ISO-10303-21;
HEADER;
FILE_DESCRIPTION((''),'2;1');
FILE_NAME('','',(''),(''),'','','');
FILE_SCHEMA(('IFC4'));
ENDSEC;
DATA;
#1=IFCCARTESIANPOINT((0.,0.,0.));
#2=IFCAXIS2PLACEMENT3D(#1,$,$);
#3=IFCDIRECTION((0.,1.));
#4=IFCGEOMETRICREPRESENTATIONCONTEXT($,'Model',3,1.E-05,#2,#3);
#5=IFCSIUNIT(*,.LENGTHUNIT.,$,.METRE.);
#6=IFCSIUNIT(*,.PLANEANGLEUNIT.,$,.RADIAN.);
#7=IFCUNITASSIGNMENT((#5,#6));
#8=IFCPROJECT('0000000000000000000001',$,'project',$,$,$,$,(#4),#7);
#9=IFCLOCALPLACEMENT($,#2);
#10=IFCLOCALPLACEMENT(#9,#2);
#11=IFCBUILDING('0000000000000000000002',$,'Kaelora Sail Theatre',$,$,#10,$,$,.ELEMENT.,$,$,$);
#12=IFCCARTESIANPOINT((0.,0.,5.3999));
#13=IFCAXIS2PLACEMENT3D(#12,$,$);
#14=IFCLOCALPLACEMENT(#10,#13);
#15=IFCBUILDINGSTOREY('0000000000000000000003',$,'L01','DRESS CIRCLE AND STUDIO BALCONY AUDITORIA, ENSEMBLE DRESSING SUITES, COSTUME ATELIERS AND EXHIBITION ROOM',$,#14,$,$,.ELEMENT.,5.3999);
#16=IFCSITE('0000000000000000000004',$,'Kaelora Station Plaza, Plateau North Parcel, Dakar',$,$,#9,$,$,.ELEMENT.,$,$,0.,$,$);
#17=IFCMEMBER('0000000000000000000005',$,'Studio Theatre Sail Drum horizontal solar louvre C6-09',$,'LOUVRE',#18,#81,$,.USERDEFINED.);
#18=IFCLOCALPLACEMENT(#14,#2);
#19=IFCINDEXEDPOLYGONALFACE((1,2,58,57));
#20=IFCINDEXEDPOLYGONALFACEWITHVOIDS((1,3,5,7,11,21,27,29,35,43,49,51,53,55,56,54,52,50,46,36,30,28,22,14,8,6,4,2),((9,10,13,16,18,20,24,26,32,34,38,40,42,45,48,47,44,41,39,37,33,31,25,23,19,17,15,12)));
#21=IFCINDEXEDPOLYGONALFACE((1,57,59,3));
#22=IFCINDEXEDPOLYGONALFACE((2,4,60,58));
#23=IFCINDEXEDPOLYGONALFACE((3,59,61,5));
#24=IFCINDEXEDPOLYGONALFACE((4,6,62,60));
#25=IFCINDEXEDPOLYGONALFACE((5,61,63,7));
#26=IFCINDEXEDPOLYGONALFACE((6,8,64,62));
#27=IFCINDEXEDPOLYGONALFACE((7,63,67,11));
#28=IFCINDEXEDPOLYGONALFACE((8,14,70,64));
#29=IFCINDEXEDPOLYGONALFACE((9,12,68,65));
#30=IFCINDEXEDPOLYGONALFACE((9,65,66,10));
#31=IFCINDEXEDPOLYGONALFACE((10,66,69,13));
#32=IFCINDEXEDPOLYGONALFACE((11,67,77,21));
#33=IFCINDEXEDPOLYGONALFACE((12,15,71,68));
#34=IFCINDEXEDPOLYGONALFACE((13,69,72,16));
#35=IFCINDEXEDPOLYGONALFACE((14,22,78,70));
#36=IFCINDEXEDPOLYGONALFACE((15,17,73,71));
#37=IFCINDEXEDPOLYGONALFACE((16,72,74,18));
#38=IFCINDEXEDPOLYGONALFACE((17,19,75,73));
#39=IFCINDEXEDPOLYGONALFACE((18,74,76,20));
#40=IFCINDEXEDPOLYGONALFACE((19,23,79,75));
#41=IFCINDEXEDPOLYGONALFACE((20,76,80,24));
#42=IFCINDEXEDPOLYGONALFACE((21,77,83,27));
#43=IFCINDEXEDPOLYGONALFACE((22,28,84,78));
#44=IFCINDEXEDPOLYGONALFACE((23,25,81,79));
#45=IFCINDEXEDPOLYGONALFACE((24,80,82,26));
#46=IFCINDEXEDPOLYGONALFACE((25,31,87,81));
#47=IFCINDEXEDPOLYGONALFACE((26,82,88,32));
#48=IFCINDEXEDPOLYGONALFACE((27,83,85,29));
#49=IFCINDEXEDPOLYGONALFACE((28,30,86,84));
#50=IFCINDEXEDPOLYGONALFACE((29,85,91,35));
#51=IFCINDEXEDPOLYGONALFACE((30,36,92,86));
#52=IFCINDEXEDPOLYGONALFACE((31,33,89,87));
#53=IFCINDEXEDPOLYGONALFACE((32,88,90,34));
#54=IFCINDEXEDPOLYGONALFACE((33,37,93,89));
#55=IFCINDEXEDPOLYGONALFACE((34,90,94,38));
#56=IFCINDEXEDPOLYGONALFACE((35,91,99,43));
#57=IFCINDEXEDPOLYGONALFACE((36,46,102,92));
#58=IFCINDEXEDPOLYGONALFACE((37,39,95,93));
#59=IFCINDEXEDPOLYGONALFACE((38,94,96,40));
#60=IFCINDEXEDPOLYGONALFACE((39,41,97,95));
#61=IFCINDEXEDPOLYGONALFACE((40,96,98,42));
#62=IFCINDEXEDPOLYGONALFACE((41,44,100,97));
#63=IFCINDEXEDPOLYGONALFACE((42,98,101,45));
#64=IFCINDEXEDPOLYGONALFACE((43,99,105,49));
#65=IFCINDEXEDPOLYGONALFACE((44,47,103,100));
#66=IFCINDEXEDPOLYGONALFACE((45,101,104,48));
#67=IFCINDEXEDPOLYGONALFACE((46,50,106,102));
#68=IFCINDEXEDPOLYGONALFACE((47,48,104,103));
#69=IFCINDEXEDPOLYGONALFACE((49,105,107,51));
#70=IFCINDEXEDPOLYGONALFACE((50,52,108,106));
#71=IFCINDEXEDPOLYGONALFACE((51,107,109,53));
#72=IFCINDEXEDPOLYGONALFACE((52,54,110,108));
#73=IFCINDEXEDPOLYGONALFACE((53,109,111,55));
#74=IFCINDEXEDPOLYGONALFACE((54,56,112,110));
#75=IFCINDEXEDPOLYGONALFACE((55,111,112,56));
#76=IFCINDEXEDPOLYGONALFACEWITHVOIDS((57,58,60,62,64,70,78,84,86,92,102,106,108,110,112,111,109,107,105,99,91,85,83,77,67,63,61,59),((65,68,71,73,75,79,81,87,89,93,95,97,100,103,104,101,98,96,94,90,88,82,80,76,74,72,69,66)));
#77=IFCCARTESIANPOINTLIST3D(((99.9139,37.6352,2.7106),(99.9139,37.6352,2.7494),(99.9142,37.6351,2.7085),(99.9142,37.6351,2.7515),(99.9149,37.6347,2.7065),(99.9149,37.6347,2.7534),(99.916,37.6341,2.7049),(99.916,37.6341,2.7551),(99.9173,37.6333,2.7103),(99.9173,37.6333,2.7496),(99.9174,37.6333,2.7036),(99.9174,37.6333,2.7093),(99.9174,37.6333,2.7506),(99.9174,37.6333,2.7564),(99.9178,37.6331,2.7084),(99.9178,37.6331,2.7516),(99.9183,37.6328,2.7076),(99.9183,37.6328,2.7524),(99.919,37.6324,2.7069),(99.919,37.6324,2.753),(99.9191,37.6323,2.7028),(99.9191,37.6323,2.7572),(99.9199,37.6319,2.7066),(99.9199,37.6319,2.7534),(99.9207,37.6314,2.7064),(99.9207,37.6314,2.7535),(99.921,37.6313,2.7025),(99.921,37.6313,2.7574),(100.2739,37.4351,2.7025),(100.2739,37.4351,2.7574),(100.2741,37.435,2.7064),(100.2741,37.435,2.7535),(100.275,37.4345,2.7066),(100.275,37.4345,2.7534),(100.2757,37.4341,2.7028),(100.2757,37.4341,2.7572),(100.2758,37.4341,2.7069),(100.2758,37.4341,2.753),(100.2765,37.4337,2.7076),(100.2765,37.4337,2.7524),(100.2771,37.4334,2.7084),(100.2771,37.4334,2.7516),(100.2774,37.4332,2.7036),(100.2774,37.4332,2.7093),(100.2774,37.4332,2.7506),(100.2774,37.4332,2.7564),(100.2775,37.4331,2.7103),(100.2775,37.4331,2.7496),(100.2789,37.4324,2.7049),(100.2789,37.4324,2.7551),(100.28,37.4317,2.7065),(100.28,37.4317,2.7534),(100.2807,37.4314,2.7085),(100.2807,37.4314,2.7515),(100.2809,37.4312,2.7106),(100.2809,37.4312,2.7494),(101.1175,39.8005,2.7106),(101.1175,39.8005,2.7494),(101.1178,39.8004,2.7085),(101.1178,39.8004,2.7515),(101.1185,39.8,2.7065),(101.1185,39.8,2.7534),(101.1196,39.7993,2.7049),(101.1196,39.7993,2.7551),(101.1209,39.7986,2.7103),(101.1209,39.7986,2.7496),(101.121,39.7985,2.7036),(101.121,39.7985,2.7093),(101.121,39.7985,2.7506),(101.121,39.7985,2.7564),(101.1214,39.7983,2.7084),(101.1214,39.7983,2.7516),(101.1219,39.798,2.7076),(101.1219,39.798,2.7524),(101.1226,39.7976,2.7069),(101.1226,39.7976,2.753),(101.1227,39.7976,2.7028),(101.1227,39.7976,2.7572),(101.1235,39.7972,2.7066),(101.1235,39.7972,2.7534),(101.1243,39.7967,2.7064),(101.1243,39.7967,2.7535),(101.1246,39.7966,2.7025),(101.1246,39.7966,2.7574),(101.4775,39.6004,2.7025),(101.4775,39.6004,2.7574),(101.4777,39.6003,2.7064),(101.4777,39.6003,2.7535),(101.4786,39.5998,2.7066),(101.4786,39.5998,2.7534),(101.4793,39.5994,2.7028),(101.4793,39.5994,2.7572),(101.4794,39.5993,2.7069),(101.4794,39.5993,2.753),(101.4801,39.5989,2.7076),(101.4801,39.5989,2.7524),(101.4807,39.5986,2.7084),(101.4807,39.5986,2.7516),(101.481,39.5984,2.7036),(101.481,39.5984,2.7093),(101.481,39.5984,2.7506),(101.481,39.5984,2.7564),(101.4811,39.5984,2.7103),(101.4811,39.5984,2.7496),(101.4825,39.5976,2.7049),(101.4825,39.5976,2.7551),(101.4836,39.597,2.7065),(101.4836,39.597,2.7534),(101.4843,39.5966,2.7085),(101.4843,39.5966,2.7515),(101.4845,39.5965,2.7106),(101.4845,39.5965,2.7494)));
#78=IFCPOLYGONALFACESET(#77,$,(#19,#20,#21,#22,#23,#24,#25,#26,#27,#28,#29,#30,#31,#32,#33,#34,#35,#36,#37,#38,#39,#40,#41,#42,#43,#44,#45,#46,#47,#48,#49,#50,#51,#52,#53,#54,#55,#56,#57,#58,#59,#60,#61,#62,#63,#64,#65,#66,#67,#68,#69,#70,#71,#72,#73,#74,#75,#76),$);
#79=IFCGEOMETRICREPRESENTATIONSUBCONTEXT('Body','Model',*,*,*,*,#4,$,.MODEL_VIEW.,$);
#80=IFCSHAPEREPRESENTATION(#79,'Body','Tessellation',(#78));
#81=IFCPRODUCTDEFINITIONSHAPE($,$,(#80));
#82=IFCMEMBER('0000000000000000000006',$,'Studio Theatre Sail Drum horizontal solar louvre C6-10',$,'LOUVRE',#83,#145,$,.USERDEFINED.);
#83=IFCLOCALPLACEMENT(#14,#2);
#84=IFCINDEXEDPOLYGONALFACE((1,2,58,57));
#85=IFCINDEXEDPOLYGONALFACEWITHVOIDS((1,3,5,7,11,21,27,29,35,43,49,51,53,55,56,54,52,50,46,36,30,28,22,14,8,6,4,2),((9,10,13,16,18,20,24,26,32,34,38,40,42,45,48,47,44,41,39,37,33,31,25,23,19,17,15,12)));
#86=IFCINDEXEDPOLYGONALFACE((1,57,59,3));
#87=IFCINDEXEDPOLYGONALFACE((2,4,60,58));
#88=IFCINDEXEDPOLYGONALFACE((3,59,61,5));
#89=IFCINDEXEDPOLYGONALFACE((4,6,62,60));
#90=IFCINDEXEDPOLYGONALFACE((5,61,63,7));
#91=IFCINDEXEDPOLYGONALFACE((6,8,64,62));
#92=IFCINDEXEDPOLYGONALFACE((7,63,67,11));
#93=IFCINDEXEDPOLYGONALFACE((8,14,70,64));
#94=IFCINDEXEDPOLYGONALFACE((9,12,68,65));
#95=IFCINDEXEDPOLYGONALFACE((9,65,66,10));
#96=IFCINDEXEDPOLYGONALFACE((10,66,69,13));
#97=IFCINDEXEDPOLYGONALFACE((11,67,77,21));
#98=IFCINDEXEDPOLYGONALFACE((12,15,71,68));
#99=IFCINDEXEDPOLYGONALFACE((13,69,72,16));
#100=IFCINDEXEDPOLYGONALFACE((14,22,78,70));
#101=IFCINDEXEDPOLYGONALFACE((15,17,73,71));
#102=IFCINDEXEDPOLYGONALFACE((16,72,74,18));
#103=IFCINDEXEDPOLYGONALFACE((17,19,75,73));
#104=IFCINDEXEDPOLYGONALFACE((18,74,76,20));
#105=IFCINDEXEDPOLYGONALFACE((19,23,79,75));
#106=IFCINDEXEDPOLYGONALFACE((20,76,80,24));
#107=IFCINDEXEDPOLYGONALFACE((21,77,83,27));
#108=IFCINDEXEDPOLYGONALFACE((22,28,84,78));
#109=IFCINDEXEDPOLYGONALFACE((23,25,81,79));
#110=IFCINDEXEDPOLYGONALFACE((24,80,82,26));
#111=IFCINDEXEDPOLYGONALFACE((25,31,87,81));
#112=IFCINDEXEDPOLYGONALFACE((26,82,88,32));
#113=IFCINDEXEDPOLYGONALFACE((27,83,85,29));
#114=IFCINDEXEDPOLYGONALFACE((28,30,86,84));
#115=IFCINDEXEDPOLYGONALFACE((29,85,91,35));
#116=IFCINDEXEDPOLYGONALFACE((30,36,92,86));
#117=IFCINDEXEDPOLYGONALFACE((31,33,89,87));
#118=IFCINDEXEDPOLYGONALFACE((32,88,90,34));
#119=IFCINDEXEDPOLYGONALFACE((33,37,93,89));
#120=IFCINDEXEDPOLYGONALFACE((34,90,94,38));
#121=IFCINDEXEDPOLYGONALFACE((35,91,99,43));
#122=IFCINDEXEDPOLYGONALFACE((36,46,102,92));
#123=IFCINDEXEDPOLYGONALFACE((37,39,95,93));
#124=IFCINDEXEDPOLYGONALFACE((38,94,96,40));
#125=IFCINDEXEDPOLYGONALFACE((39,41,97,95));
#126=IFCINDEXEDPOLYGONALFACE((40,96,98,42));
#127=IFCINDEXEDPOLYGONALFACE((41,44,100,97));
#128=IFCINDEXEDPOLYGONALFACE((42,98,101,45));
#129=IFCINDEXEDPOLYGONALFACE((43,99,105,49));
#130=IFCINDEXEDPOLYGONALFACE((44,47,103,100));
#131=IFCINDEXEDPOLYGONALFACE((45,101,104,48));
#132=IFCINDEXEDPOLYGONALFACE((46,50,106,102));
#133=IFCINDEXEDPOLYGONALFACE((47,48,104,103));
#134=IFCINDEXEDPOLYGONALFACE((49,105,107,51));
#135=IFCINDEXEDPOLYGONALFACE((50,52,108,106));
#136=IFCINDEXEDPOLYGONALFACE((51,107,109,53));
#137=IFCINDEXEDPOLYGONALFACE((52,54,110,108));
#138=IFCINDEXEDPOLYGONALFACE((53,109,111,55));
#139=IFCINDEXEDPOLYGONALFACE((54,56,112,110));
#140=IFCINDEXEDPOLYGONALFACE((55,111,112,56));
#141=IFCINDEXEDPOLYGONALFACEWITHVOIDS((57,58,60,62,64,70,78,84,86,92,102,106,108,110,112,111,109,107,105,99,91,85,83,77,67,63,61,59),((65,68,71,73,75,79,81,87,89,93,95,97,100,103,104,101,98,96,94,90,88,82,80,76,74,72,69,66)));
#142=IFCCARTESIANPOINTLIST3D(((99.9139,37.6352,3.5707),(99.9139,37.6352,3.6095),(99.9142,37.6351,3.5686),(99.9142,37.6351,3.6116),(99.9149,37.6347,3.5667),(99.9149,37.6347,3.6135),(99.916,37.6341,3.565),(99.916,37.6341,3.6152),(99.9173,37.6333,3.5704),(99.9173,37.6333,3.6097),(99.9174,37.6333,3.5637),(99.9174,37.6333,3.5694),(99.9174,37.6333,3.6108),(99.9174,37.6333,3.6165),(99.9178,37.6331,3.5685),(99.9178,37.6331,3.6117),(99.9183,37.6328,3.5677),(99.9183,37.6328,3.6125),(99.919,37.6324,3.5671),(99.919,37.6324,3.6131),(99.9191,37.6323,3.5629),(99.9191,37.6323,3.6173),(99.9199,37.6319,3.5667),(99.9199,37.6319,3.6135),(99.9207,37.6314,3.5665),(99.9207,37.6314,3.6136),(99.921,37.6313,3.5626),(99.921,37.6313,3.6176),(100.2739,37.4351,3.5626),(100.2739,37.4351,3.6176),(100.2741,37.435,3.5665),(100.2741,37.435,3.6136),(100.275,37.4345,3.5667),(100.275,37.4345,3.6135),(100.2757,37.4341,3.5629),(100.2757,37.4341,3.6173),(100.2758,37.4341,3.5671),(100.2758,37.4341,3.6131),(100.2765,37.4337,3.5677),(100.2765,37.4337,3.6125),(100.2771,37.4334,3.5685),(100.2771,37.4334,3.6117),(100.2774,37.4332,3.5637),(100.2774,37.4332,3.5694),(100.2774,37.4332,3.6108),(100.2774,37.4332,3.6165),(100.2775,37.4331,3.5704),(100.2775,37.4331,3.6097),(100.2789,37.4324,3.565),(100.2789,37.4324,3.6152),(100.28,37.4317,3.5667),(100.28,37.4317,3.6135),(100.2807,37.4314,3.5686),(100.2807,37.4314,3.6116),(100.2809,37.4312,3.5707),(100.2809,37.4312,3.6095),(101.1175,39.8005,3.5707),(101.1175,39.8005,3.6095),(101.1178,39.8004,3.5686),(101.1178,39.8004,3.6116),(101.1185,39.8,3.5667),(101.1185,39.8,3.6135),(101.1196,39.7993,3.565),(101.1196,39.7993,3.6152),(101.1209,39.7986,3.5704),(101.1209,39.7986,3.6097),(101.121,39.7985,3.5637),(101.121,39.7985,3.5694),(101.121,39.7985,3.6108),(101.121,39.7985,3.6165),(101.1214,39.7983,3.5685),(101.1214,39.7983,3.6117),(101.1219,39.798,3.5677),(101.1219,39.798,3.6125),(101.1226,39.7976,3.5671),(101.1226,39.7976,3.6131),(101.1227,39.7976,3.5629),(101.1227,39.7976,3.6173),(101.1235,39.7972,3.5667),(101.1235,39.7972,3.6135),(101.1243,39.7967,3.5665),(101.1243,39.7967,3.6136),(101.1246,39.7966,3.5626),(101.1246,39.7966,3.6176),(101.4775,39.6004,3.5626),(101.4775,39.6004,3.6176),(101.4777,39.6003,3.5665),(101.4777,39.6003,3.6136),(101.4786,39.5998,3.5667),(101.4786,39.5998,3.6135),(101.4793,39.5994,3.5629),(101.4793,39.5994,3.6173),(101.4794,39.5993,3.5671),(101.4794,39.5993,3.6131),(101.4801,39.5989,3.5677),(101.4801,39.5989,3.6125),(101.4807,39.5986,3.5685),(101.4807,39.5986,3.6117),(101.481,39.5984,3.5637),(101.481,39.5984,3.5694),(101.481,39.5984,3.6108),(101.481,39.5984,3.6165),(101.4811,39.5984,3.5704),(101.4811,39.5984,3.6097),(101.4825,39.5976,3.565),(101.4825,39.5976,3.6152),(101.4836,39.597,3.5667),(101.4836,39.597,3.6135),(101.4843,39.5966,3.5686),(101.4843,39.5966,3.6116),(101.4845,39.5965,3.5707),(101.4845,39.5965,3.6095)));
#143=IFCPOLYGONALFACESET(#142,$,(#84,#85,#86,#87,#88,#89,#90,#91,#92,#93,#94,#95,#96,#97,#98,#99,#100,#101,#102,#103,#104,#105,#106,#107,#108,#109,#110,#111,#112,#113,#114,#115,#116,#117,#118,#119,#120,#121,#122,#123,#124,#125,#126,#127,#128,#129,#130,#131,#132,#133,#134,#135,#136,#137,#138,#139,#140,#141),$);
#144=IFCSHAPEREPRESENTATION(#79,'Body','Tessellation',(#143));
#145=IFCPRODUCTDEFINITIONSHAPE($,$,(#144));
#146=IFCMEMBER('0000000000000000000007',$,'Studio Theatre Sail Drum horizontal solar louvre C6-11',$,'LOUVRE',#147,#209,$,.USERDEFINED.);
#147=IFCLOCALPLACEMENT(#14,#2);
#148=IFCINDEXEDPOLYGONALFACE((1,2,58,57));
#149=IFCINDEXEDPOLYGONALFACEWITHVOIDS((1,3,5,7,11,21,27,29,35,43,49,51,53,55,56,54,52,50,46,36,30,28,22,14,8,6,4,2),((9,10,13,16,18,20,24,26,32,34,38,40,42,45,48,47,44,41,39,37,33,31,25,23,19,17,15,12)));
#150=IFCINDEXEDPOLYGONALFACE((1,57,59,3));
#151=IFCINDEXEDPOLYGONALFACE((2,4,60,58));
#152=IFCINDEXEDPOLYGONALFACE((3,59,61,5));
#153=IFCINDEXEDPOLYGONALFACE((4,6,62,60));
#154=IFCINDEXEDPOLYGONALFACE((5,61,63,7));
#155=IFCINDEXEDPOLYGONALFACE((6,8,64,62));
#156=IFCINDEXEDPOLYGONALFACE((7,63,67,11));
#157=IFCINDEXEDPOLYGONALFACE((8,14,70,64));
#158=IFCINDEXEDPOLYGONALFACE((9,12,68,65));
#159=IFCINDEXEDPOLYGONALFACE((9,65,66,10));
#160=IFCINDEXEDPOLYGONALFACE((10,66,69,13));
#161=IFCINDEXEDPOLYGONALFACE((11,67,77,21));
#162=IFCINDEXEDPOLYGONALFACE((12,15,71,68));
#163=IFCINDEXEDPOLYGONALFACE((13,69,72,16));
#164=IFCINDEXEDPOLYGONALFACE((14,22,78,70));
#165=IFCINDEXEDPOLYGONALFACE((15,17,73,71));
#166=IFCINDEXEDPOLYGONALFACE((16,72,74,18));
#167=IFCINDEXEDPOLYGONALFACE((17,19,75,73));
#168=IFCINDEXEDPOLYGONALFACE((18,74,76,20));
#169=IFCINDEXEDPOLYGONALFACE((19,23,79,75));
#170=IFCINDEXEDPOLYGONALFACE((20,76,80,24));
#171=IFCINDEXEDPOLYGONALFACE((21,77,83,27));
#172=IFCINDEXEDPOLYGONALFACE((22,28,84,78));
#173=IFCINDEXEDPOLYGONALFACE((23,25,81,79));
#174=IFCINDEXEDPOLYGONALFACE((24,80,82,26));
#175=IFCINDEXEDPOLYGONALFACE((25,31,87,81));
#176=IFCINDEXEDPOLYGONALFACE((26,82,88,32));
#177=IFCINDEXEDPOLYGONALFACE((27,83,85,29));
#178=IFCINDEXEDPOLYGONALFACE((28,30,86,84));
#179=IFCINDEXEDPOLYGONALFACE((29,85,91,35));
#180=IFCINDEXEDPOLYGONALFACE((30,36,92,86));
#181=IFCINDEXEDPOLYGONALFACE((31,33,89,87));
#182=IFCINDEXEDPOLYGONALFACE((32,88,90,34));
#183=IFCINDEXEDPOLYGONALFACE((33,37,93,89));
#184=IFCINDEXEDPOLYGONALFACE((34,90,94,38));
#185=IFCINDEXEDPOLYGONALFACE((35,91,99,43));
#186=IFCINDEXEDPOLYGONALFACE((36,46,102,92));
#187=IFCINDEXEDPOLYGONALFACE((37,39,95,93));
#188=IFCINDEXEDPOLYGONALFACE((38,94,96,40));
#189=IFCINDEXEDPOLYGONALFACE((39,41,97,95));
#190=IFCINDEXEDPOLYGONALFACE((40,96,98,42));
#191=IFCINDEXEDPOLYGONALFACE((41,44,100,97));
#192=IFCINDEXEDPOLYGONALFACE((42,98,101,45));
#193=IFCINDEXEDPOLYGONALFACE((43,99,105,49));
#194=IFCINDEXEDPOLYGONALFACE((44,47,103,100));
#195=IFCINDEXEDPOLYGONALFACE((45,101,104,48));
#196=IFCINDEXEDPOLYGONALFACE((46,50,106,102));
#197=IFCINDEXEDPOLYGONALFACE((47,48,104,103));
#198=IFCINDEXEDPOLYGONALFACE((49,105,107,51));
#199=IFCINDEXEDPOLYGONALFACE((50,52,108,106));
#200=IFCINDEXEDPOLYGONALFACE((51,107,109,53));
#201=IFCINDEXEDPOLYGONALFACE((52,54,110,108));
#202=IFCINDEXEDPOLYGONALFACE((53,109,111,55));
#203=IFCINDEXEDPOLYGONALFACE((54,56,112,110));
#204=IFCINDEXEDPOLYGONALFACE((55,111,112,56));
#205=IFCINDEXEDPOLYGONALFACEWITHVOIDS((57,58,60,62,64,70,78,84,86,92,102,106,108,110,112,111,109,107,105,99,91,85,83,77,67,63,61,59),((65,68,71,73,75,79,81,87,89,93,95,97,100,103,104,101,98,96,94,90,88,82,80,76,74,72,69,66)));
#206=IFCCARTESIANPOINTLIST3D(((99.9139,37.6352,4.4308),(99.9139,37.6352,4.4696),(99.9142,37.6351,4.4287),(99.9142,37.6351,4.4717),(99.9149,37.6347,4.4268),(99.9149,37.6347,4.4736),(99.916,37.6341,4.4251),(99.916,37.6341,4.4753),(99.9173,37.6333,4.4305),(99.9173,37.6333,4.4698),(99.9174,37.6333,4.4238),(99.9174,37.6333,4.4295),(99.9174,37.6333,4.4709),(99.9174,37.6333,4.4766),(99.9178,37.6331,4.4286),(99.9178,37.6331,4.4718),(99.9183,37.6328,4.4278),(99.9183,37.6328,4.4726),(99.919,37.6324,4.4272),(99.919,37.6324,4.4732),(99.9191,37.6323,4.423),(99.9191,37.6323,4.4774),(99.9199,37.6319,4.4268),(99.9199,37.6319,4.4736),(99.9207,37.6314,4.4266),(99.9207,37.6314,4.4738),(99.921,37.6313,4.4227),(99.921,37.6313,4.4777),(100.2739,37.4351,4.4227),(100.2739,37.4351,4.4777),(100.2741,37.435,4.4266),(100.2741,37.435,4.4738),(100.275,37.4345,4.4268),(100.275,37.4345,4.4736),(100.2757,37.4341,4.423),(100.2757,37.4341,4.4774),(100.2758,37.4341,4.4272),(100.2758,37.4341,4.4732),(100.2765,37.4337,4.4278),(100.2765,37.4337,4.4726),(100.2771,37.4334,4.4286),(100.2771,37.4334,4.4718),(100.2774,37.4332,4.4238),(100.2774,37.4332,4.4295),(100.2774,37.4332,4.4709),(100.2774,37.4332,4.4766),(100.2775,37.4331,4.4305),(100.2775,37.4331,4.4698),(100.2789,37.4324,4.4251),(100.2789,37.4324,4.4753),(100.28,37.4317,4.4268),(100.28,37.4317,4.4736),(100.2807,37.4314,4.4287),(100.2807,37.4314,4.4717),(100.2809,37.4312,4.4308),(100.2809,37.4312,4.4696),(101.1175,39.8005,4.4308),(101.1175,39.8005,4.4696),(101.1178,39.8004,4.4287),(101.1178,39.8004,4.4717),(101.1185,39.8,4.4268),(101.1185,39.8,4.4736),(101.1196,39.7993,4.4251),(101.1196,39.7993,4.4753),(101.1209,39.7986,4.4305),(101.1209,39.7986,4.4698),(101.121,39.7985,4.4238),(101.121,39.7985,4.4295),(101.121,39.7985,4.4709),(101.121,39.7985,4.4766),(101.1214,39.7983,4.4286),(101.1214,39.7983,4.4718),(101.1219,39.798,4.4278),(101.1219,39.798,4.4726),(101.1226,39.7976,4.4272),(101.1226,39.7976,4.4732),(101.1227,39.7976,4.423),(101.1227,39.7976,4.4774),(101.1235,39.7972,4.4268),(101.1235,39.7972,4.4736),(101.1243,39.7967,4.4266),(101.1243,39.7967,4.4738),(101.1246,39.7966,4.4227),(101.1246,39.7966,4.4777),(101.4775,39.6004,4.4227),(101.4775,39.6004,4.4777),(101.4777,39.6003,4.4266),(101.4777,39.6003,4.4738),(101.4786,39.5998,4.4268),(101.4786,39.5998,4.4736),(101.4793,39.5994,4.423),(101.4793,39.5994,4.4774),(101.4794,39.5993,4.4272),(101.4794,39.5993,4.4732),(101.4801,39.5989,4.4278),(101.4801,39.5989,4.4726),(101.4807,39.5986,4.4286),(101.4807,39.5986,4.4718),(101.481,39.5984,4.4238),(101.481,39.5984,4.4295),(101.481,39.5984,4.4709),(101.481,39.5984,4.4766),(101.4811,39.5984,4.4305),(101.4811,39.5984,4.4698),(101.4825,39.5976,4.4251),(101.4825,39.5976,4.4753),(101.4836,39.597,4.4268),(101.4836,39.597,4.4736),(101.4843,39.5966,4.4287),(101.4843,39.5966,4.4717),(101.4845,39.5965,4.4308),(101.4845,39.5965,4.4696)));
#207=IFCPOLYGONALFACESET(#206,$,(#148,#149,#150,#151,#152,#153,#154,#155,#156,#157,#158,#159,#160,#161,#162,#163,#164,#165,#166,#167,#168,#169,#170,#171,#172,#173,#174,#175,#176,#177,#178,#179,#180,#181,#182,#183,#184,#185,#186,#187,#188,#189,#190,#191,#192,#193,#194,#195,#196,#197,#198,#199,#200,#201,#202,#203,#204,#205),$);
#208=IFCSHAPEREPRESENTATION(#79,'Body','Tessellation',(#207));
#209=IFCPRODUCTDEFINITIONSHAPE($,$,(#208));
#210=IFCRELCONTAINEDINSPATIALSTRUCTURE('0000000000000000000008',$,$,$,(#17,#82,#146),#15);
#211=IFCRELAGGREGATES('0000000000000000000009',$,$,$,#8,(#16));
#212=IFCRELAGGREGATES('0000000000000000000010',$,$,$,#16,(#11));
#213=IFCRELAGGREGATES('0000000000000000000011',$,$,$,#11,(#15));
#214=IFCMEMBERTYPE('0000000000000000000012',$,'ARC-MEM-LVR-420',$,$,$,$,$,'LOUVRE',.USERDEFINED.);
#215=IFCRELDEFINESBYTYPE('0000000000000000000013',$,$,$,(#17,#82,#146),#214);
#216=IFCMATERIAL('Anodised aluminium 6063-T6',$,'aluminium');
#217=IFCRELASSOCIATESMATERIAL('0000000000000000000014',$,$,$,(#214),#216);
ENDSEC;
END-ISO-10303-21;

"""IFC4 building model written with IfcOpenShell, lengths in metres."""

from ifc_helpers import new_model, si_unit, direction, frame, origin, origin_2d, place, context, subcontext, project, spatial, hollow_rectangle, extrude, material, material_profile, profile_set, type_object, element, save


model = new_model("IFC4")

# Units and contexts
model_context = context("Model", 3, precision=1e-05, world=origin(), true_north=direction((0.0, 1.0)))
body_context = subcontext(model_context, "Body", "Model", "MODEL_VIEW")
ifc_project = project(units=[si_unit("LENGTHUNIT", "METRE"), si_unit("PLANEANGLEUNIT", "RADIAN")], contexts=[model_context])

# Site, building, storey
site_placement = place(None, origin())
site = spatial("IfcSite", under=ifc_project, at=site_placement, Name="Kaelora Station Plaza, Plateau North Parcel, Dakar", CompositionType="ELEMENT", RefElevation=0.0)
building_placement = place(site_placement, origin())
building = spatial("IfcBuilding", under=site, at=building_placement, Name="Kaelora Sail Theatre", CompositionType="ELEMENT")
storey_placement = place(building_placement, frame((0.0, 0.0, 5.3999)))
storey = spatial("IfcBuildingStorey", under=building, at=storey_placement, Name="L01", Description="DRESS CIRCLE AND STUDIO BALCONY AUDITORIA, ENSEMBLE DRESSING SUITES, COSTUME ATELIERS AND EXHIBITION ROOM", CompositionType="ELEMENT", Elevation=5.3999)

# Members
ifc_material_1 = material(Name="Anodised aluminium 6063-T6", Category="aluminium")
ifc_material_profile_1 = material_profile(ifc_material_1, hollow_rectangle(XDim=0.4199, YDim=0.0549, WallThickness=0.0039, InnerFilletRadius=0.0039, OuterFilletRadius=0.0081, at=origin_2d()), Name="LOUVRE 420x55x4")
ifc_profile_set_1 = profile_set([ifc_material_profile_1], Name="Anodised aluminium 6063-T6")
member_type = type_object("IfcMemberType", Name="ARC-MEM-LVR-420", ElementType="LOUVRE", PredefinedType="USERDEFINED", material=ifc_profile_set_1)
for number, where, z_axis, x_axis, name in (
    (1, (101.301, 39.6985, 2.73), (-0.485852, -0.874041, 0.0), (0.874041, -0.485852, 0.0), "Studio Theatre Sail Drum horizontal solar louvre C6-09"),
    (2, (101.301, 39.6985, 3.5901), (-0.485852, -0.874041, 0.0), (0.874041, -0.485852, 0.0), "Studio Theatre Sail Drum horizontal solar louvre C6-10"),
    (3, (101.301, 39.6985, 4.4502), (-0.485852, -0.874041, 0.0), (0.874041, -0.485852, 0.0), "Studio Theatre Sail Drum horizontal solar louvre C6-11"),
):
    element("IfcMember", number, at=place(storey_placement, frame(where, z_axis=z_axis, x_axis=x_axis)), inside=storey, type_object=member_type, Name=name, ObjectType="LOUVRE", PredefinedType="USERDEFINED", context=body_context, shape_type="SweptSolid", body=[
        extrude(hollow_rectangle(XDim=0.4199, YDim=0.0549, WallThickness=0.0039, InnerFilletRadius=0.0039, OuterFilletRadius=0.0081, at=origin_2d()), origin(), (0.0, 0.0, 1.0), 2.4773),
    ])

save(model, "model.ifc")
